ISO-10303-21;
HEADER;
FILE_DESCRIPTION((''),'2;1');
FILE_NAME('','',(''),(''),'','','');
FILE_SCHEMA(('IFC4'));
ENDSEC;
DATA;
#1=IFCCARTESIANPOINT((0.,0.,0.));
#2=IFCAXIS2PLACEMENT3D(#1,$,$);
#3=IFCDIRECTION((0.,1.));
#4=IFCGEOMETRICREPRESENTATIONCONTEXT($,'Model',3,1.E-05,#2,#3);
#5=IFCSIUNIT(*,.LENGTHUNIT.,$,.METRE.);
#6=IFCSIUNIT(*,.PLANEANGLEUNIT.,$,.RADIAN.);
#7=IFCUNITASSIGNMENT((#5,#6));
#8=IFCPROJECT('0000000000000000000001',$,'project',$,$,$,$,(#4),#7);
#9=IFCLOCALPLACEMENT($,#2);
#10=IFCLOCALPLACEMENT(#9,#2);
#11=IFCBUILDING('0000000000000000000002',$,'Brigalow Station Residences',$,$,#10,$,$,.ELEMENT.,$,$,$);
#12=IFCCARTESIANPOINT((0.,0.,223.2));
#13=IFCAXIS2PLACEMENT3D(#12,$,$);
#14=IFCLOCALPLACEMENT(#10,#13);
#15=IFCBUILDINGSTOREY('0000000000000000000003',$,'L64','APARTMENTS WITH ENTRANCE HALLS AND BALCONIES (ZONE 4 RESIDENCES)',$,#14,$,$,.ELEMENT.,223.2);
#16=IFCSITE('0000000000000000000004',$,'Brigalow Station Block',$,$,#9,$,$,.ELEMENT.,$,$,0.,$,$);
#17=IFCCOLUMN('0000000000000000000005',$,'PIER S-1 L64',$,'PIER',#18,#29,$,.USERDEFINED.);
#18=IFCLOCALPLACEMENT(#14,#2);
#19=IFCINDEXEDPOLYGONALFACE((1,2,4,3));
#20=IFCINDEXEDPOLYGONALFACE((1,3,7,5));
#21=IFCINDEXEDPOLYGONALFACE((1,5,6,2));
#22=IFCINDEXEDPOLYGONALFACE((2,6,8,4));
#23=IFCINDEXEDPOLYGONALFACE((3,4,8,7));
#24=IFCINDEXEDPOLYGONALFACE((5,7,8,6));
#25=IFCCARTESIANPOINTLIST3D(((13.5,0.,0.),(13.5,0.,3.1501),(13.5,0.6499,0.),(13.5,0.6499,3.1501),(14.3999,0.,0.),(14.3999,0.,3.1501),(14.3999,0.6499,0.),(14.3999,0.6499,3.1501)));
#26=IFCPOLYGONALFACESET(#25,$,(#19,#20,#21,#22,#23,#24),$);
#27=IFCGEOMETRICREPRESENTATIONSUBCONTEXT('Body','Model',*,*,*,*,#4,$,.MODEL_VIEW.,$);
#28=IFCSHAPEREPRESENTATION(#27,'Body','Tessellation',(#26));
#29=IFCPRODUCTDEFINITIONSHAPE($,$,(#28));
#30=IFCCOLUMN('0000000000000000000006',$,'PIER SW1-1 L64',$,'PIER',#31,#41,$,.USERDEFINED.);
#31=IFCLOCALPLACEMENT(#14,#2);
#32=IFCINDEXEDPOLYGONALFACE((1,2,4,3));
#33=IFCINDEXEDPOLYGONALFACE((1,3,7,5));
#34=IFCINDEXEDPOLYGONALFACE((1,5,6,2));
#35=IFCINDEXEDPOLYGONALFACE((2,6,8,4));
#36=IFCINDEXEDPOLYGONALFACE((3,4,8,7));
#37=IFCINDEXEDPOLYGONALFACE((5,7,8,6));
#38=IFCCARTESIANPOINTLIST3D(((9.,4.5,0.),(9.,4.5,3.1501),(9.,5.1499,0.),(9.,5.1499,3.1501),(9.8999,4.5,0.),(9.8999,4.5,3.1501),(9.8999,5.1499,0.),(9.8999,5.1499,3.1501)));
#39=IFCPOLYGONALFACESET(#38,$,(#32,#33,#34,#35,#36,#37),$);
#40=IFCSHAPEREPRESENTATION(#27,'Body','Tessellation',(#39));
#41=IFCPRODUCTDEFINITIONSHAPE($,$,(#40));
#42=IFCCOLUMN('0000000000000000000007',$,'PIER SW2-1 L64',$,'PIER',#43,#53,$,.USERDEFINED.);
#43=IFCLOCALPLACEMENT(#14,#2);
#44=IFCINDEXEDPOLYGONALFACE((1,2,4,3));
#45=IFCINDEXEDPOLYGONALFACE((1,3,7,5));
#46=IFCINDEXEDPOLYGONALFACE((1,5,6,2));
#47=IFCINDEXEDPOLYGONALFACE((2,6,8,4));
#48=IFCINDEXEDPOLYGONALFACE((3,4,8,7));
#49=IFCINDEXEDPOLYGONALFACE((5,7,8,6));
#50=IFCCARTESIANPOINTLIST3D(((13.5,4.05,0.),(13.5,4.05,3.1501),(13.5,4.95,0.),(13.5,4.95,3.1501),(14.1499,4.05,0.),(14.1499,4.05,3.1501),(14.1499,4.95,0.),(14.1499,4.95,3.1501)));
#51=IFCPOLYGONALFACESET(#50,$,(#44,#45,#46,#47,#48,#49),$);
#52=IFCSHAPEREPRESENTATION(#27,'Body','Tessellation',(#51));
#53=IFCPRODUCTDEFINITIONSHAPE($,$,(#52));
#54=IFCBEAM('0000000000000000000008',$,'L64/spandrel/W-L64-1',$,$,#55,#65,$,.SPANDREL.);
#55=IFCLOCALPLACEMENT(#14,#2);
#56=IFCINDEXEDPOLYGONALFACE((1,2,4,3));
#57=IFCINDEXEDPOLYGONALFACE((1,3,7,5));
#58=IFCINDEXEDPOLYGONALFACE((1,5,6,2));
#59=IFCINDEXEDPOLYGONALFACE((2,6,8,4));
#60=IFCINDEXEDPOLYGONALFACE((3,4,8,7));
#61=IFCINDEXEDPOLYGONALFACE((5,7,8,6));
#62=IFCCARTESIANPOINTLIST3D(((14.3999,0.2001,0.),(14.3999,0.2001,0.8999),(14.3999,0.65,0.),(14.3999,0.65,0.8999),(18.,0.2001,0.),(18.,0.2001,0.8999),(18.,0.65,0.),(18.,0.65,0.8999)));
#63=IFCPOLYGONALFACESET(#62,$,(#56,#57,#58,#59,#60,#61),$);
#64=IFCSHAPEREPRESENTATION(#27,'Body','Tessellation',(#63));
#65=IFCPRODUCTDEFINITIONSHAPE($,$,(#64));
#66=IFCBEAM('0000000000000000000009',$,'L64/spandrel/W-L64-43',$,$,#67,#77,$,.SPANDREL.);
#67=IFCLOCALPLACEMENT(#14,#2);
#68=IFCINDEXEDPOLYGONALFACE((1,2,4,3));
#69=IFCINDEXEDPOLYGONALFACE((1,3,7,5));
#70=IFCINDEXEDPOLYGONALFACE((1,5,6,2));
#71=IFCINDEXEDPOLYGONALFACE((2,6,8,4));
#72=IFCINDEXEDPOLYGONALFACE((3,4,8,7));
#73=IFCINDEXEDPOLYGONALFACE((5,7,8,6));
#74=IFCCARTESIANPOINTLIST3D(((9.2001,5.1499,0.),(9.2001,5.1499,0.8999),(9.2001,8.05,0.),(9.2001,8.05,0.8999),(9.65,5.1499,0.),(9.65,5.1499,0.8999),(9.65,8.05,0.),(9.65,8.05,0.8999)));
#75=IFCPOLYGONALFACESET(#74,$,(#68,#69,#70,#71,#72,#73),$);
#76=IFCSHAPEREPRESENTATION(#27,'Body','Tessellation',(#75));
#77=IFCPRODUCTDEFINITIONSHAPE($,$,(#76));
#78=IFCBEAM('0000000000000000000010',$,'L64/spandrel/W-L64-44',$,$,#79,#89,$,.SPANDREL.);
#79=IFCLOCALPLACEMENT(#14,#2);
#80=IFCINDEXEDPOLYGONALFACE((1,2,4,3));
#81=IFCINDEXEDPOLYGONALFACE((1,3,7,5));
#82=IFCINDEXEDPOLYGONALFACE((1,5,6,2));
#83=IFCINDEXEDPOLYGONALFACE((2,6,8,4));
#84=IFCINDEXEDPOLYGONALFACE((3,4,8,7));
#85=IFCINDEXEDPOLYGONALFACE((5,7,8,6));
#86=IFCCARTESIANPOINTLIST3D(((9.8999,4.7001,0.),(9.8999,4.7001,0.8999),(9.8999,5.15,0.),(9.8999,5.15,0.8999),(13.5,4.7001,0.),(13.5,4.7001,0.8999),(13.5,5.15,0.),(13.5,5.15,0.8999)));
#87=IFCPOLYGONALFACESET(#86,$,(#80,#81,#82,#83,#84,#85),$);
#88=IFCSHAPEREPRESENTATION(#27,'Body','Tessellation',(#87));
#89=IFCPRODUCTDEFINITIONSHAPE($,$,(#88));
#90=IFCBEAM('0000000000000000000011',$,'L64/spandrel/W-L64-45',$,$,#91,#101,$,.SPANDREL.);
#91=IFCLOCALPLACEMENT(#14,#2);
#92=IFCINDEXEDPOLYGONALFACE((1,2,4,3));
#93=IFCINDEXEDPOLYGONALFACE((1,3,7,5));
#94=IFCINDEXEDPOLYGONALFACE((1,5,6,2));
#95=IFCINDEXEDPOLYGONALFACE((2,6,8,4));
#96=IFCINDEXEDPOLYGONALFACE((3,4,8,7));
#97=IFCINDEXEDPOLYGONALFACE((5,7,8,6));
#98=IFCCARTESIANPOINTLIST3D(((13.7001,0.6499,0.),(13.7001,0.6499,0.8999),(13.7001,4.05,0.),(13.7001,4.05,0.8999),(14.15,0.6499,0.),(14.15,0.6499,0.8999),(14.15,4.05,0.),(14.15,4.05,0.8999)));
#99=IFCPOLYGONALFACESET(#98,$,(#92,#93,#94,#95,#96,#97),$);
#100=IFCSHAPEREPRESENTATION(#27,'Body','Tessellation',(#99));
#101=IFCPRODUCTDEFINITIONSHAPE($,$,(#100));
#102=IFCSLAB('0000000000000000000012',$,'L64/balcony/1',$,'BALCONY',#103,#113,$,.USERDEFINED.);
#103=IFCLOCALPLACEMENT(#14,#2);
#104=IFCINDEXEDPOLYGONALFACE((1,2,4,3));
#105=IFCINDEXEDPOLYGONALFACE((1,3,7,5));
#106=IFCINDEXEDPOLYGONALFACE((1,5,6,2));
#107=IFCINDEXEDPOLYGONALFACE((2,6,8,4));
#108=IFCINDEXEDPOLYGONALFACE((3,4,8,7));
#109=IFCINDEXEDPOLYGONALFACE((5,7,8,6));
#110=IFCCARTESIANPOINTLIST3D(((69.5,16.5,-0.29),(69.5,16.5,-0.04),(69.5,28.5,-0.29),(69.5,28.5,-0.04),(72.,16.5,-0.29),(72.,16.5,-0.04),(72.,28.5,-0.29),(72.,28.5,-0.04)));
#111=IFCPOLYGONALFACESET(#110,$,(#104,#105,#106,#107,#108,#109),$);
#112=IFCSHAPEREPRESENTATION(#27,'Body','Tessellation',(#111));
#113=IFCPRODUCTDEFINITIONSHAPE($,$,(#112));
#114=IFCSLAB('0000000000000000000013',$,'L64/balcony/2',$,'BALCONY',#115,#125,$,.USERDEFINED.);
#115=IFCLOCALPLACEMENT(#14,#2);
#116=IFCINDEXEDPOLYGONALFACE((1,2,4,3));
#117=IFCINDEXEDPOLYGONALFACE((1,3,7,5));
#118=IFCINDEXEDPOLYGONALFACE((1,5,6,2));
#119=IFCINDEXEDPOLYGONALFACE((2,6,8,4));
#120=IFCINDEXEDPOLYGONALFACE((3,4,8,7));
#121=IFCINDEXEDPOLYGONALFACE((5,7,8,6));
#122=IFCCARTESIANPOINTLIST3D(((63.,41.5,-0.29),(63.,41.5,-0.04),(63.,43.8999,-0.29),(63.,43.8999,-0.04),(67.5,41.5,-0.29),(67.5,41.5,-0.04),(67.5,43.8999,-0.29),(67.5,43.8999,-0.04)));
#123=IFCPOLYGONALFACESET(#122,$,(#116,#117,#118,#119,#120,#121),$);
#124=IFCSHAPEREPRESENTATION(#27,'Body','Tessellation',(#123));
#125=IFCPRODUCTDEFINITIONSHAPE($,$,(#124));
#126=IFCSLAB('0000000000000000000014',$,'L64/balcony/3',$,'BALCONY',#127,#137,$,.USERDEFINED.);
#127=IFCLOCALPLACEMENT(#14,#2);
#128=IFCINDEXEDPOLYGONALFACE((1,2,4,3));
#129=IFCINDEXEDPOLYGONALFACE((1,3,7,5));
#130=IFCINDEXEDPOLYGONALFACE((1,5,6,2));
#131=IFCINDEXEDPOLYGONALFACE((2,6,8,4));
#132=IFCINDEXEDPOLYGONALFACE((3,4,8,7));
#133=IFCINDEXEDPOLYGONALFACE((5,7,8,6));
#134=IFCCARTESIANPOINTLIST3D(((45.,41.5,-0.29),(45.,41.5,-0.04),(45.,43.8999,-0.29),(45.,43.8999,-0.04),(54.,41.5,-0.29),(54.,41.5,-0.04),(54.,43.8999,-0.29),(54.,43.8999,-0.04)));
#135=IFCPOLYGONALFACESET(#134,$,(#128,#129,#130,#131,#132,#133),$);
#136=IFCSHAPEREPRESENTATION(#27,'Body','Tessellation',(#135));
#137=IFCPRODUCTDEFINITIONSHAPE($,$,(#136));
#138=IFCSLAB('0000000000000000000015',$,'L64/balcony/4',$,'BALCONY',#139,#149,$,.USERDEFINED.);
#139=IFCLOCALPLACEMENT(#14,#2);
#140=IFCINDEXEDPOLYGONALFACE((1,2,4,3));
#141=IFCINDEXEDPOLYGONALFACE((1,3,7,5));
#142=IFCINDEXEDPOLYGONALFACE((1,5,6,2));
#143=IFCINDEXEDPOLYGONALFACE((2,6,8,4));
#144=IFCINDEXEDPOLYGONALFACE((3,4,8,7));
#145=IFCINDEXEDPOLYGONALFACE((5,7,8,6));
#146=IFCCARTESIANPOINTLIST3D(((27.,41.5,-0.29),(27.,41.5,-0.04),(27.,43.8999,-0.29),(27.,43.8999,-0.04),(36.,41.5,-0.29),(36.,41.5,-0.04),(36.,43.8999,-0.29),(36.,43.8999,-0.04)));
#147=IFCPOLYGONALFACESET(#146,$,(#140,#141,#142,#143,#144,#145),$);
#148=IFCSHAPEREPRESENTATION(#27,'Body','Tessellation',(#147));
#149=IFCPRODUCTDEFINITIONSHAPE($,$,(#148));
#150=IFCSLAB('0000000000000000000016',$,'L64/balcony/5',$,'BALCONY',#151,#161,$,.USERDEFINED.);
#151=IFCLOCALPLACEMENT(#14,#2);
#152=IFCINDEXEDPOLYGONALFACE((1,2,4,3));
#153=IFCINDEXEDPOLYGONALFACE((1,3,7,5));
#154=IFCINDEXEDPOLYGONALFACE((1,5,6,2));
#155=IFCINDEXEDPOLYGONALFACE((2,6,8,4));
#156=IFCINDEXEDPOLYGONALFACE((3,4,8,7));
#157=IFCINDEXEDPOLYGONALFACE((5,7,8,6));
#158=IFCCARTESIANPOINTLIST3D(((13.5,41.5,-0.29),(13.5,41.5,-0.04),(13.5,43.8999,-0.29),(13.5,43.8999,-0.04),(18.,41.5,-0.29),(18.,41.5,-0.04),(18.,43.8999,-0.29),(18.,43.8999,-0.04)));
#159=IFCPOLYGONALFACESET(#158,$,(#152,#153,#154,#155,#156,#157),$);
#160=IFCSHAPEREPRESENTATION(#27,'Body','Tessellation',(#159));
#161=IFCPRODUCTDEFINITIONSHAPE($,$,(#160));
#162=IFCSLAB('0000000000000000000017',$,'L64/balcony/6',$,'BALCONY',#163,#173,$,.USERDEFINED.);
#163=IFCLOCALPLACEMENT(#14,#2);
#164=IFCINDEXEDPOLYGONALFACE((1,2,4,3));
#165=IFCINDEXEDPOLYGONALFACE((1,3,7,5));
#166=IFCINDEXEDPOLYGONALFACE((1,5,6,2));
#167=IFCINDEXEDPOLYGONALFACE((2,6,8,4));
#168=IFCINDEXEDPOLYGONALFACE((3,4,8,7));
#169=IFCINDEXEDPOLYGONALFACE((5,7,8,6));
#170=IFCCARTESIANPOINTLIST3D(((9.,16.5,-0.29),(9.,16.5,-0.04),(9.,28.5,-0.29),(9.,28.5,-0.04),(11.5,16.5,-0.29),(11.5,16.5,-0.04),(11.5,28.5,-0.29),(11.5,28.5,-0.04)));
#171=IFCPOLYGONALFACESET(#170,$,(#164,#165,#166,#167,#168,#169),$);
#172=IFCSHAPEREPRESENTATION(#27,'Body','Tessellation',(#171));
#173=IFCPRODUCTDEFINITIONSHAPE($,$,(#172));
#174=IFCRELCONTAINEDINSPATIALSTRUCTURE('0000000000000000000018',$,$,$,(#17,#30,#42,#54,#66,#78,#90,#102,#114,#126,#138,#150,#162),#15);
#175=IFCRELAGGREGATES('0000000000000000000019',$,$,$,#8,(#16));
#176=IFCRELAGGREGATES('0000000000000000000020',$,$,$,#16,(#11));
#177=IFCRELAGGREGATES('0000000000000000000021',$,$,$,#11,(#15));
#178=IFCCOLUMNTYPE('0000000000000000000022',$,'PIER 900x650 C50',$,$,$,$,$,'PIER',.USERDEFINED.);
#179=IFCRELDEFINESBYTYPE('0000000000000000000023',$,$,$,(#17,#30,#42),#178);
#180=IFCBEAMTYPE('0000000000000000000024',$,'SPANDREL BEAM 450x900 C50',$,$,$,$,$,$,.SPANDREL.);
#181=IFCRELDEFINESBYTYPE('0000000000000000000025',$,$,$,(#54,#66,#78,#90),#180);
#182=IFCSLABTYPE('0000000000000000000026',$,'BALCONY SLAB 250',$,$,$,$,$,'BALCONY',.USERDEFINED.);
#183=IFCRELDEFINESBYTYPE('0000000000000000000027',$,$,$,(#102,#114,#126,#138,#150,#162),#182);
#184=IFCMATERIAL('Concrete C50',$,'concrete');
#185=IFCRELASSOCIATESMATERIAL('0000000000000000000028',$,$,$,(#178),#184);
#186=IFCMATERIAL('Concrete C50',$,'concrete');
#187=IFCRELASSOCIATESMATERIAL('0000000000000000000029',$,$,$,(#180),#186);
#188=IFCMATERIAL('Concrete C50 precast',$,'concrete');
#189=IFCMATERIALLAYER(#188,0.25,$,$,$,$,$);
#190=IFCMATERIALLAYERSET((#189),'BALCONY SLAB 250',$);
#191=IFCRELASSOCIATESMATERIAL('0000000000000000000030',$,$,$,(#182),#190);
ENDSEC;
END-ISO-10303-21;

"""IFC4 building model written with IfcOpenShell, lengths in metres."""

from ifc_helpers import new_model, si_unit, direction, frame, origin, origin_2d, place, context, subcontext, project, spatial, polyline, rectangle, outline, extrude, material, layer, layer_set, material_profile, profile_set, type_object, element, save


model = new_model("IFC4")

# Units and contexts
model_context = context("Model", 3, precision=1e-05, world=origin(), true_north=direction((0.0, 1.0)))
body_context = subcontext(model_context, "Body", "Model", "MODEL_VIEW")
ifc_project = project(units=[si_unit("LENGTHUNIT", "METRE"), si_unit("PLANEANGLEUNIT", "RADIAN")], contexts=[model_context])

# Site, building, storey
site_placement = place(None, origin())
site = spatial("IfcSite", under=ifc_project, at=site_placement, Name="Brigalow Station Block", CompositionType="ELEMENT", RefElevation=0.0)
building_placement = place(site_placement, origin())
building = spatial("IfcBuilding", under=site, at=building_placement, Name="Brigalow Station Residences", CompositionType="ELEMENT")
storey_placement = place(building_placement, frame((0.0, 0.0, 223.2)))
storey = spatial("IfcBuildingStorey", under=building, at=storey_placement, Name="L64", Description="APARTMENTS WITH ENTRANCE HALLS AND BALCONIES (ZONE 4 RESIDENCES)", CompositionType="ELEMENT", Elevation=223.2)

# Columns
ifc_material_1 = material(Name="Concrete C50", Category="concrete")
ifc_material_profile_1 = material_profile(ifc_material_1, rectangle(XDim=0.8999, YDim=0.6499, at=origin_2d()), Name="RC900x650")
ifc_profile_set_1 = profile_set([ifc_material_profile_1], Name="Concrete C50")
column_type = type_object("IfcColumnType", Name="PIER 900x650 C50", ElementType="PIER", PredefinedType="USERDEFINED", material=ifc_profile_set_1)
for number, where, z_axis, x_axis, name in (
    (1, (13.95, 0.325, 0.0), (0.0, 0.0, 1.0), (1.0, 0.0, 0.0), "PIER S-1 L64"),
    (2, (9.45, 4.825, 0.0), (0.0, 0.0, 1.0), (1.0, 0.0, 0.0), "PIER SW1-1 L64"),
    (3, (13.825, 4.5, 0.0), (0.0, 0.0, 1.0), (0.0, -1.0, 0.0), "PIER SW2-1 L64"),
):
    element("IfcColumn", number, at=place(storey_placement, frame(where, z_axis=z_axis, x_axis=x_axis)), inside=storey, type_object=column_type, Name=name, ObjectType="PIER", PredefinedType="USERDEFINED", context=body_context, shape_type="SweptSolid", body=[
        extrude(rectangle(XDim=0.8999, YDim=0.6499, at=origin_2d()), origin(), (0.0, 0.0, 1.0), 3.1501),
    ])

# Beams
ifc_material_2 = material(Name="Concrete C50", Category="concrete")
ifc_material_profile_2 = material_profile(ifc_material_2, rectangle(XDim=0.45, YDim=0.8999, at=origin_2d()), Name="RC450x900")
ifc_profile_set_2 = profile_set([ifc_material_profile_2], Name="Concrete C50")
beam_type = type_object("IfcBeamType", Name="SPANDREL BEAM 450x900 C50", PredefinedType="SPANDREL", material=ifc_profile_set_2)
beam_1_placement = place(storey_placement, frame((14.3999, 0.425, 0.45), z_axis=(1.0, 0.0, 0.0), x_axis=(0.0, 1.0, 0.0)))
element("IfcBeam", 4, at=beam_1_placement, inside=storey, type_object=beam_type, Name="L64/spandrel/W-L64-1", PredefinedType="SPANDREL", context=body_context, shape_type="SweptSolid", body=[
    extrude(rectangle(XDim=0.45, YDim=0.8999, at=origin_2d()), origin(), (0.0, 0.0, 1.0), 3.6001),
])
beam_2_placement = place(storey_placement, frame((9.425, 8.05, 0.45), z_axis=(0.0, -1.0, 0.0), x_axis=(1.0, 0.0, 0.0)))
element("IfcBeam", 5, at=beam_2_placement, inside=storey, type_object=beam_type, Name="L64/spandrel/W-L64-43", PredefinedType="SPANDREL", context=body_context, shape_type="SweptSolid", body=[
    extrude(rectangle(XDim=0.45, YDim=0.8999, at=origin_2d()), origin(), (0.0, 0.0, 1.0), 2.9001),
])
beam_3_placement = place(storey_placement, frame((9.8999, 4.925, 0.45), z_axis=(1.0, 0.0, 0.0), x_axis=(0.0, 1.0, 0.0)))
element("IfcBeam", 6, at=beam_3_placement, inside=storey, type_object=beam_type, Name="L64/spandrel/W-L64-44", PredefinedType="SPANDREL", context=body_context, shape_type="SweptSolid", body=[
    extrude(rectangle(XDim=0.45, YDim=0.8999, at=origin_2d()), origin(), (0.0, 0.0, 1.0), 3.6001),
])
beam_4_placement = place(storey_placement, frame((13.925, 4.05, 0.45), z_axis=(0.0, -1.0, 0.0), x_axis=(1.0, 0.0, 0.0)))
element("IfcBeam", 7, at=beam_4_placement, inside=storey, type_object=beam_type, Name="L64/spandrel/W-L64-45", PredefinedType="SPANDREL", context=body_context, shape_type="SweptSolid", body=[
    extrude(rectangle(XDim=0.45, YDim=0.8999, at=origin_2d()), origin(), (0.0, 0.0, 1.0), 3.4001),
])

# Slabs
ifc_material_3 = material(Name="Concrete C50 precast", Category="concrete")
ifc_layer_1 = layer(ifc_material_3, 0.25)
ifc_layer_set_1 = layer_set([ifc_layer_1], Name="BALCONY SLAB 250")
slab_type_1 = type_object("IfcSlabType", Name="BALCONY SLAB 250", ElementType="BALCONY", PredefinedType="USERDEFINED", material=ifc_layer_set_1)
slab_1_placement = place(storey_placement, frame((0.0, 0.0, -0.29)))
element("IfcSlab", 8, at=slab_1_placement, inside=storey, type_object=slab_type_1, Name="L64/balcony/1", ObjectType="BALCONY", PredefinedType="USERDEFINED", context=body_context, shape_type="SweptSolid", body=[
    extrude(outline(polyline([(69.5, 16.5), (72.0, 16.5), (72.0, 28.5), (69.5, 28.5), (69.5, 16.5)])), origin(), (0.0, 0.0, 1.0), 0.25),
])
slab_2_placement = place(storey_placement, frame((0.0, 0.0, -0.29)))
element("IfcSlab", 9, at=slab_2_placement, inside=storey, type_object=slab_type_1, Name="L64/balcony/2", ObjectType="BALCONY", PredefinedType="USERDEFINED", context=body_context, shape_type="SweptSolid", body=[
    extrude(outline(polyline([(67.5, 41.5), (67.5, 43.8999), (63.0, 43.8999), (63.0, 41.5), (67.5, 41.5)])), origin(), (0.0, 0.0, 1.0), 0.25),
])
slab_3_placement = place(storey_placement, frame((0.0, 0.0, -0.29)))
element("IfcSlab", 10, at=slab_3_placement, inside=storey, type_object=slab_type_1, Name="L64/balcony/3", ObjectType="BALCONY", PredefinedType="USERDEFINED", context=body_context, shape_type="SweptSolid", body=[
    extrude(outline(polyline([(54.0, 41.5), (54.0, 43.8999), (45.0, 43.8999), (45.0, 41.5), (54.0, 41.5)])), origin(), (0.0, 0.0, 1.0), 0.25),
])
slab_4_placement = place(storey_placement, frame((0.0, 0.0, -0.29)))
element("IfcSlab", 11, at=slab_4_placement, inside=storey, type_object=slab_type_1, Name="L64/balcony/4", ObjectType="BALCONY", PredefinedType="USERDEFINED", context=body_context, shape_type="SweptSolid", body=[
    extrude(outline(polyline([(36.0, 41.5), (36.0, 43.8999), (27.0, 43.8999), (27.0, 41.5), (36.0, 41.5)])), origin(), (0.0, 0.0, 1.0), 0.25),
])
slab_5_placement = place(storey_placement, frame((0.0, 0.0, -0.29)))
element("IfcSlab", 12, at=slab_5_placement, inside=storey, type_object=slab_type_1, Name="L64/balcony/5", ObjectType="BALCONY", PredefinedType="USERDEFINED", context=body_context, shape_type="SweptSolid", body=[
    extrude(outline(polyline([(18.0, 41.5), (18.0, 43.8999), (13.5, 43.8999), (13.5, 41.5), (18.0, 41.5)])), origin(), (0.0, 0.0, 1.0), 0.25),
])
slab_6_placement = place(storey_placement, frame((0.0, 0.0, -0.29)))
element("IfcSlab", 13, at=slab_6_placement, inside=storey, type_object=slab_type_1, Name="L64/balcony/6", ObjectType="BALCONY", PredefinedType="USERDEFINED", context=body_context, shape_type="SweptSolid", body=[
    extrude(outline(polyline([(11.5, 28.5), (9.0, 28.5), (9.0, 16.5), (11.5, 16.5), (11.5, 28.5)])), origin(), (0.0, 0.0, 1.0), 0.25),
])

save(model, "model.ifc")
